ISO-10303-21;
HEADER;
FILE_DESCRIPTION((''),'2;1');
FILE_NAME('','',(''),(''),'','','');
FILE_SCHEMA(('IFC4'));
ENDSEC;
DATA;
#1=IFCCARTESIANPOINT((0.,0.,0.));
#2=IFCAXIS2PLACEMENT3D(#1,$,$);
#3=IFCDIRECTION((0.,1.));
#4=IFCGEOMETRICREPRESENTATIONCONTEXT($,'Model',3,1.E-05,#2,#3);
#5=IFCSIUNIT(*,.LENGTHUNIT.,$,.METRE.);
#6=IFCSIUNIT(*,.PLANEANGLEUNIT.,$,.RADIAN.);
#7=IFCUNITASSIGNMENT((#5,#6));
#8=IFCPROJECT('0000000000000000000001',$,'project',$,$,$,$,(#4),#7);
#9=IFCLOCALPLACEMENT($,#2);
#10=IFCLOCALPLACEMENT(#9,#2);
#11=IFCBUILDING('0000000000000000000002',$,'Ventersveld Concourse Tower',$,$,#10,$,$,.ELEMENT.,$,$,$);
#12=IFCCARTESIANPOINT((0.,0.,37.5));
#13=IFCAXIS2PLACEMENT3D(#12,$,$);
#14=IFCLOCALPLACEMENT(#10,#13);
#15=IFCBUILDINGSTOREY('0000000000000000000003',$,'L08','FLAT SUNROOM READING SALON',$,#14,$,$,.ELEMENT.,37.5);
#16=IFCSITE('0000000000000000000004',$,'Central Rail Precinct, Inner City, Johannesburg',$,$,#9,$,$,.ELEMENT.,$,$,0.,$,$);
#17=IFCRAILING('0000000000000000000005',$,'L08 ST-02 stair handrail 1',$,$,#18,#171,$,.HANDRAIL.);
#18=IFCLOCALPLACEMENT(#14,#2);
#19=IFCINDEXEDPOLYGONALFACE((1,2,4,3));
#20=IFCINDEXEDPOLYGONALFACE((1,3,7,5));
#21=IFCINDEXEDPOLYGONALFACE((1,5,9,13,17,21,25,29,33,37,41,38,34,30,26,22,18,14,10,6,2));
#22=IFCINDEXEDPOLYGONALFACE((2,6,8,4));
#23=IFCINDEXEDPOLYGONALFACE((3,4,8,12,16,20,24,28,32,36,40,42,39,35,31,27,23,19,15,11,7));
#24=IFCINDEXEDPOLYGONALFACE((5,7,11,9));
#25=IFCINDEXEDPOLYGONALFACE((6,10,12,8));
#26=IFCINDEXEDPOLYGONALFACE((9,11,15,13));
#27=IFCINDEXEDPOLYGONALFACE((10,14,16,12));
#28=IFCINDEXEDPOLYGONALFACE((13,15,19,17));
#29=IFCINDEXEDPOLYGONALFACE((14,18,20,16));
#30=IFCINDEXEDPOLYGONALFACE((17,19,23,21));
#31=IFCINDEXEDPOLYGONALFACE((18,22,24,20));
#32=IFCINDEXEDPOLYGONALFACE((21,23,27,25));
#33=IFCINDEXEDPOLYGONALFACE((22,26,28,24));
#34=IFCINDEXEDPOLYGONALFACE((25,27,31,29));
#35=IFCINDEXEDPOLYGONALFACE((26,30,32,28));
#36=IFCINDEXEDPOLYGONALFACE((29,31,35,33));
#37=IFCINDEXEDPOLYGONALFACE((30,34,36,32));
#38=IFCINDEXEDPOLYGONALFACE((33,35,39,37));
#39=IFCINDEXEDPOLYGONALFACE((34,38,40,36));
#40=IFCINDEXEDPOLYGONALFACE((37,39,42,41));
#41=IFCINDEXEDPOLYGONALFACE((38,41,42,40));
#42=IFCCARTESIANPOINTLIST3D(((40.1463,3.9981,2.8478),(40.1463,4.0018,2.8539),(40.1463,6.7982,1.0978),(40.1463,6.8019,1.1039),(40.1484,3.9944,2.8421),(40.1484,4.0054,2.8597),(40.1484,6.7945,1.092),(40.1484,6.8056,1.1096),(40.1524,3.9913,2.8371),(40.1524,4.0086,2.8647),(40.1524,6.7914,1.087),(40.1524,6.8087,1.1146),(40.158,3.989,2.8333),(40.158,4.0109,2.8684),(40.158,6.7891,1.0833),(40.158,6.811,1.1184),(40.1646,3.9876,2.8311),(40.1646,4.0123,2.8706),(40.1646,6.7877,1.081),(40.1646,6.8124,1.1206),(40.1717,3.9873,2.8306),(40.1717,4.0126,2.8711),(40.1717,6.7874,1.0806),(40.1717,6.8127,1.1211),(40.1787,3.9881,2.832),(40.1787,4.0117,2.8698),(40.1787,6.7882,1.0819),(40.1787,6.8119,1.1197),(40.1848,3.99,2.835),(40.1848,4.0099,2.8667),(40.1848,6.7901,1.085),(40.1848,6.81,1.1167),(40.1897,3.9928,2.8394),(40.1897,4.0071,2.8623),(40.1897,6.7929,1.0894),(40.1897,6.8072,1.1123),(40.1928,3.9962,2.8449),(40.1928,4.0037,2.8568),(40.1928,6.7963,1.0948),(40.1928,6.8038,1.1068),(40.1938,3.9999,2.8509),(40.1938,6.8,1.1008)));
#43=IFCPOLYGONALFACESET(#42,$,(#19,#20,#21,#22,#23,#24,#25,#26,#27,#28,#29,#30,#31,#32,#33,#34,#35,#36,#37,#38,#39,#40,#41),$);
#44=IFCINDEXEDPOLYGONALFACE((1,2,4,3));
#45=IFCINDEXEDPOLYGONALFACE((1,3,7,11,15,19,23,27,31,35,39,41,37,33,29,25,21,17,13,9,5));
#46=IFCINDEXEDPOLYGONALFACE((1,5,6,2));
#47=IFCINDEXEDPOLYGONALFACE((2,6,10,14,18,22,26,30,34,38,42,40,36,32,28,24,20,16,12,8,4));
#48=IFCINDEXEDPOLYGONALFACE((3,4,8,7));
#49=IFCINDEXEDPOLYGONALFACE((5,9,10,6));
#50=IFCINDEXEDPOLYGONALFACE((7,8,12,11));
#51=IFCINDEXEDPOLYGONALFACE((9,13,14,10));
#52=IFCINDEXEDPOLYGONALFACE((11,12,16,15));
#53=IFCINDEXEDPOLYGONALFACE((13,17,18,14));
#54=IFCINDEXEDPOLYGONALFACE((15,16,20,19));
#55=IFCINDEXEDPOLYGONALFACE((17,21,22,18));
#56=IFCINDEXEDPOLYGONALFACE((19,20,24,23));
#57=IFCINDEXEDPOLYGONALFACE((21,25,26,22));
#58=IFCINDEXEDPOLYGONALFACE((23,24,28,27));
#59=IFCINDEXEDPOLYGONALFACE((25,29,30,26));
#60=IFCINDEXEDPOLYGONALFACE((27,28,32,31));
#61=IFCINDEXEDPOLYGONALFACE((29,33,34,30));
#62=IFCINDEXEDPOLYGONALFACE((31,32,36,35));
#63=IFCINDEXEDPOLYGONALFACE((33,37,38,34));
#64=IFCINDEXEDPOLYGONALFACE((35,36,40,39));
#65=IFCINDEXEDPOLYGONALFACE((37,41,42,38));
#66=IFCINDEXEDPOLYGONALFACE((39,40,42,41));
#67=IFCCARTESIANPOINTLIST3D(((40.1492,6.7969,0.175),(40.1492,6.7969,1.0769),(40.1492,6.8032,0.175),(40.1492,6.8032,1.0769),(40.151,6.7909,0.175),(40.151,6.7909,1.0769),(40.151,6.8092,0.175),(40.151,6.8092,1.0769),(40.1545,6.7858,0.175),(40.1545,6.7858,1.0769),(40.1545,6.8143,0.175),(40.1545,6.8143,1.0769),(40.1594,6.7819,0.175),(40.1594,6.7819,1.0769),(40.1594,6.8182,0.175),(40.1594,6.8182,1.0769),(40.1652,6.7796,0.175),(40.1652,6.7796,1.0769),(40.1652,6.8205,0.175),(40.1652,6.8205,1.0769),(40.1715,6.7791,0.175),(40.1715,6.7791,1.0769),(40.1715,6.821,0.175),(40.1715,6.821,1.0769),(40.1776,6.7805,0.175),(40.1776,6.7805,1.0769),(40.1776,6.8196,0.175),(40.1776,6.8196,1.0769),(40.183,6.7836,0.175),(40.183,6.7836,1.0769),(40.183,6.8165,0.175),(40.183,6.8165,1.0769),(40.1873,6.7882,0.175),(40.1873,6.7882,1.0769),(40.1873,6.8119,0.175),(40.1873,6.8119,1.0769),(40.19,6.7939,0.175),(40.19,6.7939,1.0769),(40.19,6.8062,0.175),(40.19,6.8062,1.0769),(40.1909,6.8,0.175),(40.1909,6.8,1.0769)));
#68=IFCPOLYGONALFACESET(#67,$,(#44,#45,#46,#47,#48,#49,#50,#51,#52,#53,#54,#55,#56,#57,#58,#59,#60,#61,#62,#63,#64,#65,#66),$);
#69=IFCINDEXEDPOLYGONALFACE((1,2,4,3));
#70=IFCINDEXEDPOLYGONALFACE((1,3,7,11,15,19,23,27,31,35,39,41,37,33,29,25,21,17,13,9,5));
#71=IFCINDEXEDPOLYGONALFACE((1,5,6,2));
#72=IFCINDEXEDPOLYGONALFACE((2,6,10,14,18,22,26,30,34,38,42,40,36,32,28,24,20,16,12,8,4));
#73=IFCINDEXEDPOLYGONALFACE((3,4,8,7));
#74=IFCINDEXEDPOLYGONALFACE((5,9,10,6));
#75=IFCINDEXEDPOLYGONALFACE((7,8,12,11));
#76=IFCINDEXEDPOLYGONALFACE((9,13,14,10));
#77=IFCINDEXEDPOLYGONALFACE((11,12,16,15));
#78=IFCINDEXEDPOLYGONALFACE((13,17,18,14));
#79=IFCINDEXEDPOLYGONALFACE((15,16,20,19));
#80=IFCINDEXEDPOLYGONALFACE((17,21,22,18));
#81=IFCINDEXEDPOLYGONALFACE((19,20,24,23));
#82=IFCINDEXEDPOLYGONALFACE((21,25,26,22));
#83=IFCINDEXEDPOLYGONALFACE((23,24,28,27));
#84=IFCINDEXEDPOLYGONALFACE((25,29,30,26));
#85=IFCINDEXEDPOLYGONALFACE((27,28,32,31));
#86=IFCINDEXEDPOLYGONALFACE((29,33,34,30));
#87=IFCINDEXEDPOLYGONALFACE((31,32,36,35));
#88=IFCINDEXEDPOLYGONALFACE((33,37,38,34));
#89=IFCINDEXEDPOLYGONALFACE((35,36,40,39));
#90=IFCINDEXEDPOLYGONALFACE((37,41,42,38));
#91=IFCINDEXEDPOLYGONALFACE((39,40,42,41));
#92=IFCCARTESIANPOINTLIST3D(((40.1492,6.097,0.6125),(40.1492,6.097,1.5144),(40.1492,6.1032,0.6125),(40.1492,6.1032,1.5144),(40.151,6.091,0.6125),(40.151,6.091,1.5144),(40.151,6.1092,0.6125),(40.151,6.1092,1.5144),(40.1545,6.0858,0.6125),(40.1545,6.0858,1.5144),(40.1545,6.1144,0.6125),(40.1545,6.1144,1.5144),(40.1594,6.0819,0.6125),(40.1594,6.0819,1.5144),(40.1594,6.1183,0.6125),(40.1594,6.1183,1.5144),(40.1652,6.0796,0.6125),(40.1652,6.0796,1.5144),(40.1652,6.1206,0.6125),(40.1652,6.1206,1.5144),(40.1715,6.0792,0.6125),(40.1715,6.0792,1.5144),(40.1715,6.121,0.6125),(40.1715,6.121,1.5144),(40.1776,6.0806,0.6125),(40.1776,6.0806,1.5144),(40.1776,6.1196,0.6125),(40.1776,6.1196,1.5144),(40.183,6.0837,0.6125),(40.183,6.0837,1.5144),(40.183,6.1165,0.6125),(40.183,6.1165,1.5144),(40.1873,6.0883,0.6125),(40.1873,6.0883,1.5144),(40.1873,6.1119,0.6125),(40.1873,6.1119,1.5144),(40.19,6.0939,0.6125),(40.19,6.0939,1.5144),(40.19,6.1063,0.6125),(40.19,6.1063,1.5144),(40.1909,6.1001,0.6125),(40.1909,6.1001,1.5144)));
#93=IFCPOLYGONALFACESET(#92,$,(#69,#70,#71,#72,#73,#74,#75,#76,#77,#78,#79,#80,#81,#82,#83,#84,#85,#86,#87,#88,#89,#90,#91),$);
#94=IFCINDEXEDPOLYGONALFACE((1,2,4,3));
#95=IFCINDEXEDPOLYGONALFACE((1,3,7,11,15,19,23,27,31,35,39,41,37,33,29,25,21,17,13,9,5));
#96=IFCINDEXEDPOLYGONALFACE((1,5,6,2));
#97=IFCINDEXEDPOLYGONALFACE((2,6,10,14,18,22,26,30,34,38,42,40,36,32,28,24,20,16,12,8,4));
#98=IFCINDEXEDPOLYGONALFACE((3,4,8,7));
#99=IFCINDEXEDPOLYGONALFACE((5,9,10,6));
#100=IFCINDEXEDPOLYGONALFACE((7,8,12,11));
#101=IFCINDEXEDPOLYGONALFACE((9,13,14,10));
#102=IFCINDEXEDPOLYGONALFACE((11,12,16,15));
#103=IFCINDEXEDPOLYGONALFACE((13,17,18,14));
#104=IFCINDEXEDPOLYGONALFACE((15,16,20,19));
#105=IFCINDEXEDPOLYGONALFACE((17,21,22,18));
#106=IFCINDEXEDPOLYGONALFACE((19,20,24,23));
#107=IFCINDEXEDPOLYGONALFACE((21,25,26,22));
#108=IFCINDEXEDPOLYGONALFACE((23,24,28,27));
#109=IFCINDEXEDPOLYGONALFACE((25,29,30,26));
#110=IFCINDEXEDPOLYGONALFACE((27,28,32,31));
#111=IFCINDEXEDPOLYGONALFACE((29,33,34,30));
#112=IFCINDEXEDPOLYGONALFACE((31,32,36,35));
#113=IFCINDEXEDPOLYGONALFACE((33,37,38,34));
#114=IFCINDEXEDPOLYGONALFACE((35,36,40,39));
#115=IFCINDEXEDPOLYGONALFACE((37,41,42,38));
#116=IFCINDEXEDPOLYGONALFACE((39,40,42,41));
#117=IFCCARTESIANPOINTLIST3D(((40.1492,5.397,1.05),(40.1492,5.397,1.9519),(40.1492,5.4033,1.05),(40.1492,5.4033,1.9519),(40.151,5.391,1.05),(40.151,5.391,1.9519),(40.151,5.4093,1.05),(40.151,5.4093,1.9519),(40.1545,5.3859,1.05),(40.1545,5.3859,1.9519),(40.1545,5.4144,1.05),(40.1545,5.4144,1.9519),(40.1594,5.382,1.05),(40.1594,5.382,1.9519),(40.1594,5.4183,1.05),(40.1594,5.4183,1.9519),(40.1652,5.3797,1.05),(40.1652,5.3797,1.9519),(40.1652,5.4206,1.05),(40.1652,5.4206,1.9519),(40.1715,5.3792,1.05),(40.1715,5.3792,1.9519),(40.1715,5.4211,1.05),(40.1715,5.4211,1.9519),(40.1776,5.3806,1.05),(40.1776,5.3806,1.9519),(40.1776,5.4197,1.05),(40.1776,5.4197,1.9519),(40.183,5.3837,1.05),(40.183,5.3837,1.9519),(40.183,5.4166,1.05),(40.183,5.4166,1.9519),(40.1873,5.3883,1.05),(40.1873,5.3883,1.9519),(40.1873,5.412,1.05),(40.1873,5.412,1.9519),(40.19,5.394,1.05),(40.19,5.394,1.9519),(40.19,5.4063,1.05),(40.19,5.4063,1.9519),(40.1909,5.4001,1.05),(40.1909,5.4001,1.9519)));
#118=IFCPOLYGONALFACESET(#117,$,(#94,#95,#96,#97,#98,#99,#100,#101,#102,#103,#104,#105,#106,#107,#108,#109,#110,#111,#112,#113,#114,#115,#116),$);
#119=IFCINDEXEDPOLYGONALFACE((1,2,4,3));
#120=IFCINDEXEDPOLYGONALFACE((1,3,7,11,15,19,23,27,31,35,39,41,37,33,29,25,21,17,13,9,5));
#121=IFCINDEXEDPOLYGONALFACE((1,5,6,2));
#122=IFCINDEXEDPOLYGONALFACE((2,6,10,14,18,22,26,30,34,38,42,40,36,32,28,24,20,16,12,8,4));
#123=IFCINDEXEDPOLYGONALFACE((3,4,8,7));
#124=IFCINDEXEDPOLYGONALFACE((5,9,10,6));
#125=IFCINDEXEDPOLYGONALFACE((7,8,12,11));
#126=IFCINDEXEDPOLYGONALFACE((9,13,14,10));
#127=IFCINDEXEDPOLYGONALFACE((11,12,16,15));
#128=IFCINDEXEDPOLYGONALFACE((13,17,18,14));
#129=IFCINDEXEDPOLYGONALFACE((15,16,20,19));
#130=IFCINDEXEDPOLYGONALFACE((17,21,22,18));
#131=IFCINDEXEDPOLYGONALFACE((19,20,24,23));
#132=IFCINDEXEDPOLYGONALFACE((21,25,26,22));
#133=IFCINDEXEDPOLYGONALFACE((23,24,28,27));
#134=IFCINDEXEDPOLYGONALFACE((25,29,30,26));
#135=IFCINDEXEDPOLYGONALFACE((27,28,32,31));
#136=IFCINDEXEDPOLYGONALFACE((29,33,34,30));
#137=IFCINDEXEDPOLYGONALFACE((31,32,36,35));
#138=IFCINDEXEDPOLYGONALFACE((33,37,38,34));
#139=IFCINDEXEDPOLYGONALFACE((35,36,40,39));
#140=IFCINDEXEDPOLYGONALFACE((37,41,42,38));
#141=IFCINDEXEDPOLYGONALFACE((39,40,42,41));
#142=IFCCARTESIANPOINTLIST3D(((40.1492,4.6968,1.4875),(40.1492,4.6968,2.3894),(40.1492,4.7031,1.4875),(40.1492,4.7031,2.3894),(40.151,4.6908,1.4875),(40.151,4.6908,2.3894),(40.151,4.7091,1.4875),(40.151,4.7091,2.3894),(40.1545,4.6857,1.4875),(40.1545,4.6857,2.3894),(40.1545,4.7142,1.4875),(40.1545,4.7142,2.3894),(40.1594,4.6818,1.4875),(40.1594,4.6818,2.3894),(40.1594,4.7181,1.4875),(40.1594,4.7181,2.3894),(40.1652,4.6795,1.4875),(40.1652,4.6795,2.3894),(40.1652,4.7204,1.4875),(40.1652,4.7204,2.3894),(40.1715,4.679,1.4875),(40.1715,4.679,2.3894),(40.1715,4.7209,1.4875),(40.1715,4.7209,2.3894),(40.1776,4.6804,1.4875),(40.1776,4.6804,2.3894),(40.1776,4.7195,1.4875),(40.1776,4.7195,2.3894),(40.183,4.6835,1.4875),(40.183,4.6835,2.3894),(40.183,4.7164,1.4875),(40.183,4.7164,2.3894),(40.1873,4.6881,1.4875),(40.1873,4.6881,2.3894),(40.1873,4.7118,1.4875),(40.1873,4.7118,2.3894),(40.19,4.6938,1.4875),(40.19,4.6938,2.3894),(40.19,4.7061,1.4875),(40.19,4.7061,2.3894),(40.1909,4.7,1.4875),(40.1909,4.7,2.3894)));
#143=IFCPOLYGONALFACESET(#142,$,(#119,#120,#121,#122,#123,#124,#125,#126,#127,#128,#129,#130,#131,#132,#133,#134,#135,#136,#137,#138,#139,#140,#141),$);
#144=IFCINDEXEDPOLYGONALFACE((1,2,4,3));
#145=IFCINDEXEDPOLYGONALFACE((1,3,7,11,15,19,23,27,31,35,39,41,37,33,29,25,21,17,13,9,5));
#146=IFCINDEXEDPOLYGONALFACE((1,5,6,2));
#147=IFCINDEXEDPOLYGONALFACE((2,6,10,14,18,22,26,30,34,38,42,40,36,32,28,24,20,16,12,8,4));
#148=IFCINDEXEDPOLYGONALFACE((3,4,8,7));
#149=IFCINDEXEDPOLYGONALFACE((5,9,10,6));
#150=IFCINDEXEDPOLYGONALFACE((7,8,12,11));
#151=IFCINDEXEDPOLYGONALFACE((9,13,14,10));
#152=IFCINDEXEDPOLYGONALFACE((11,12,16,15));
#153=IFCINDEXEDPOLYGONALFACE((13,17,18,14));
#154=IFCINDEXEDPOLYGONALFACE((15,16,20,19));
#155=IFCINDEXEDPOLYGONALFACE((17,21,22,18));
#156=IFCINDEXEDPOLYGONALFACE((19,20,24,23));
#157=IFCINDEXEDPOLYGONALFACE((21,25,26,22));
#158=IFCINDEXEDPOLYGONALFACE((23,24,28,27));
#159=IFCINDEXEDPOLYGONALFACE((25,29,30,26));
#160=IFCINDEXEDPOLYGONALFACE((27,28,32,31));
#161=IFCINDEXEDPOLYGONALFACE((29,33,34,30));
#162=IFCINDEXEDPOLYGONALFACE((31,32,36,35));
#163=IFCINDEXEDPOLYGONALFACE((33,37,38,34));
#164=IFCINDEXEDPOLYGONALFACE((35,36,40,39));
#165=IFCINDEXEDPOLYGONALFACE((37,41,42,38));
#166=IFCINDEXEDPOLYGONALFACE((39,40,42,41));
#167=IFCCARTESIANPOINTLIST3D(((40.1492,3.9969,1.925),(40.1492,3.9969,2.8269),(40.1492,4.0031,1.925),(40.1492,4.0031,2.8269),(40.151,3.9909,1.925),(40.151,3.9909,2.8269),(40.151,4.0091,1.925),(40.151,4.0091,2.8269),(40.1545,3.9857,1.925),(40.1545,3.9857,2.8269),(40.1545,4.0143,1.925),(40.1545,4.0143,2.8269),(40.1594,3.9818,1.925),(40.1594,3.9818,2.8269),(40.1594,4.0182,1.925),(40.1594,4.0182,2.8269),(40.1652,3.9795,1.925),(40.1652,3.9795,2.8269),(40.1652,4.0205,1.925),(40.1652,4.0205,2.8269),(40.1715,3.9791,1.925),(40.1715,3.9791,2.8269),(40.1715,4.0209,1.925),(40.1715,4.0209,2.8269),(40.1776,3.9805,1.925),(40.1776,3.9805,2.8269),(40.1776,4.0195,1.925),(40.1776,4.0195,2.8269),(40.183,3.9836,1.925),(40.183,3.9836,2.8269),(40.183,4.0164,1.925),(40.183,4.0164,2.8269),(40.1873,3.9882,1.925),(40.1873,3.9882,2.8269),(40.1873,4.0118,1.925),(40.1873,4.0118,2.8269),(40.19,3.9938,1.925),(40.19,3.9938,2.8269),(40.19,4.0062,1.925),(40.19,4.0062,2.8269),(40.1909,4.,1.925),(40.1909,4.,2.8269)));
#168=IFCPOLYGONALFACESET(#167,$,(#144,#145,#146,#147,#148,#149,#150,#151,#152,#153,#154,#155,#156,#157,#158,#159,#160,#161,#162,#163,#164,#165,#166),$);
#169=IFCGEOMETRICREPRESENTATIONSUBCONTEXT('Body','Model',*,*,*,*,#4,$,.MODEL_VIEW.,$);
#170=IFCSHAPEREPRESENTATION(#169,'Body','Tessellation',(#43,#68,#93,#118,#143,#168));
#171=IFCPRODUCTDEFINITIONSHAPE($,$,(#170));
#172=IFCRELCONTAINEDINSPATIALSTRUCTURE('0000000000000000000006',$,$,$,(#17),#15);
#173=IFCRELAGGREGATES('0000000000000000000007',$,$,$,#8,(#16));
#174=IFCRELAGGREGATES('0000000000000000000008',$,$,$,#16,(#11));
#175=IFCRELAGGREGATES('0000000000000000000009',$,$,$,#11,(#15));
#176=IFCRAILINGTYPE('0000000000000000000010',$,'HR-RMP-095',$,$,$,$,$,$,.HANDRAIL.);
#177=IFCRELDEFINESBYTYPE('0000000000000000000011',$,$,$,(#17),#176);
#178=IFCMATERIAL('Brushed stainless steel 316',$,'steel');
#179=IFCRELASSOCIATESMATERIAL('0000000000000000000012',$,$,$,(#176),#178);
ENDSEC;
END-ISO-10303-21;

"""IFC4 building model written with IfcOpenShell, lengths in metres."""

from ifc_helpers import new_model, si_unit, direction, frame, origin, origin_2d, place, context, subcontext, project, spatial, circle, extrude, material, type_object, element, save


model = new_model("IFC4")

# Units and contexts
model_context = context("Model", 3, precision=1e-05, world=origin(), true_north=direction((0.0, 1.0)))
body_context = subcontext(model_context, "Body", "Model", "MODEL_VIEW")
ifc_project = project(units=[si_unit("LENGTHUNIT", "METRE"), si_unit("PLANEANGLEUNIT", "RADIAN")], contexts=[model_context])

# Site, building, storey
site_placement = place(None, origin())
site = spatial("IfcSite", under=ifc_project, at=site_placement, Name="Central Rail Precinct, Inner City, Johannesburg", CompositionType="ELEMENT", RefElevation=0.0)
building_placement = place(site_placement, origin())
building = spatial("IfcBuilding", under=site, at=building_placement, Name="Ventersveld Concourse Tower", CompositionType="ELEMENT")
storey_placement = place(building_placement, frame((0.0, 0.0, 37.5)))
storey = spatial("IfcBuildingStorey", under=building, at=storey_placement, Name="L08", Description="FLAT SUNROOM READING SALON", CompositionType="ELEMENT", Elevation=37.5)

# Railing
ifc_material_1 = material(Name="Brushed stainless steel 316", Category="steel")
railing_type_1 = type_object("IfcRailingType", Name="HR-RMP-095", PredefinedType="HANDRAIL", material=ifc_material_1)
railing_1_placement = place(storey_placement, frame((40.1699, 6.8, 0.175)))
element("IfcRailing", 1, at=railing_1_placement, inside=storey, type_object=railing_type_1, Name="L08 ST-02 stair handrail 1", PredefinedType="HANDRAIL", context=body_context, shape_type="SweptSolid", body=[
    extrude(circle(Radius=0.0239, at=origin_2d()), frame((0.0, 0.0, 0.9258), z_axis=(0.0, -0.848002, 0.529992), x_axis=(1.0, 0.0, 0.0)), (0.0, 0.0, 1.0), 3.302),
    extrude(circle(Radius=0.021, at=origin_2d()), origin(), (0.0, 0.0, 1.0), 0.9019),
    extrude(circle(Radius=0.021, at=origin_2d()), frame((0.0, -0.7, 0.4375)), (0.0, 0.0, 1.0), 0.9019),
    extrude(circle(Radius=0.021, at=origin_2d()), frame((0.0, -1.3999, 0.875)), (0.0, 0.0, 1.0), 0.9019),
    extrude(circle(Radius=0.021, at=origin_2d()), frame((0.0, -2.1001, 1.3125)), (0.0, 0.0, 1.0), 0.9019),
    extrude(circle(Radius=0.021, at=origin_2d()), frame((0.0, -2.8, 1.75)), (0.0, 0.0, 1.0), 0.9019),
])

save(model, "model.ifc")
